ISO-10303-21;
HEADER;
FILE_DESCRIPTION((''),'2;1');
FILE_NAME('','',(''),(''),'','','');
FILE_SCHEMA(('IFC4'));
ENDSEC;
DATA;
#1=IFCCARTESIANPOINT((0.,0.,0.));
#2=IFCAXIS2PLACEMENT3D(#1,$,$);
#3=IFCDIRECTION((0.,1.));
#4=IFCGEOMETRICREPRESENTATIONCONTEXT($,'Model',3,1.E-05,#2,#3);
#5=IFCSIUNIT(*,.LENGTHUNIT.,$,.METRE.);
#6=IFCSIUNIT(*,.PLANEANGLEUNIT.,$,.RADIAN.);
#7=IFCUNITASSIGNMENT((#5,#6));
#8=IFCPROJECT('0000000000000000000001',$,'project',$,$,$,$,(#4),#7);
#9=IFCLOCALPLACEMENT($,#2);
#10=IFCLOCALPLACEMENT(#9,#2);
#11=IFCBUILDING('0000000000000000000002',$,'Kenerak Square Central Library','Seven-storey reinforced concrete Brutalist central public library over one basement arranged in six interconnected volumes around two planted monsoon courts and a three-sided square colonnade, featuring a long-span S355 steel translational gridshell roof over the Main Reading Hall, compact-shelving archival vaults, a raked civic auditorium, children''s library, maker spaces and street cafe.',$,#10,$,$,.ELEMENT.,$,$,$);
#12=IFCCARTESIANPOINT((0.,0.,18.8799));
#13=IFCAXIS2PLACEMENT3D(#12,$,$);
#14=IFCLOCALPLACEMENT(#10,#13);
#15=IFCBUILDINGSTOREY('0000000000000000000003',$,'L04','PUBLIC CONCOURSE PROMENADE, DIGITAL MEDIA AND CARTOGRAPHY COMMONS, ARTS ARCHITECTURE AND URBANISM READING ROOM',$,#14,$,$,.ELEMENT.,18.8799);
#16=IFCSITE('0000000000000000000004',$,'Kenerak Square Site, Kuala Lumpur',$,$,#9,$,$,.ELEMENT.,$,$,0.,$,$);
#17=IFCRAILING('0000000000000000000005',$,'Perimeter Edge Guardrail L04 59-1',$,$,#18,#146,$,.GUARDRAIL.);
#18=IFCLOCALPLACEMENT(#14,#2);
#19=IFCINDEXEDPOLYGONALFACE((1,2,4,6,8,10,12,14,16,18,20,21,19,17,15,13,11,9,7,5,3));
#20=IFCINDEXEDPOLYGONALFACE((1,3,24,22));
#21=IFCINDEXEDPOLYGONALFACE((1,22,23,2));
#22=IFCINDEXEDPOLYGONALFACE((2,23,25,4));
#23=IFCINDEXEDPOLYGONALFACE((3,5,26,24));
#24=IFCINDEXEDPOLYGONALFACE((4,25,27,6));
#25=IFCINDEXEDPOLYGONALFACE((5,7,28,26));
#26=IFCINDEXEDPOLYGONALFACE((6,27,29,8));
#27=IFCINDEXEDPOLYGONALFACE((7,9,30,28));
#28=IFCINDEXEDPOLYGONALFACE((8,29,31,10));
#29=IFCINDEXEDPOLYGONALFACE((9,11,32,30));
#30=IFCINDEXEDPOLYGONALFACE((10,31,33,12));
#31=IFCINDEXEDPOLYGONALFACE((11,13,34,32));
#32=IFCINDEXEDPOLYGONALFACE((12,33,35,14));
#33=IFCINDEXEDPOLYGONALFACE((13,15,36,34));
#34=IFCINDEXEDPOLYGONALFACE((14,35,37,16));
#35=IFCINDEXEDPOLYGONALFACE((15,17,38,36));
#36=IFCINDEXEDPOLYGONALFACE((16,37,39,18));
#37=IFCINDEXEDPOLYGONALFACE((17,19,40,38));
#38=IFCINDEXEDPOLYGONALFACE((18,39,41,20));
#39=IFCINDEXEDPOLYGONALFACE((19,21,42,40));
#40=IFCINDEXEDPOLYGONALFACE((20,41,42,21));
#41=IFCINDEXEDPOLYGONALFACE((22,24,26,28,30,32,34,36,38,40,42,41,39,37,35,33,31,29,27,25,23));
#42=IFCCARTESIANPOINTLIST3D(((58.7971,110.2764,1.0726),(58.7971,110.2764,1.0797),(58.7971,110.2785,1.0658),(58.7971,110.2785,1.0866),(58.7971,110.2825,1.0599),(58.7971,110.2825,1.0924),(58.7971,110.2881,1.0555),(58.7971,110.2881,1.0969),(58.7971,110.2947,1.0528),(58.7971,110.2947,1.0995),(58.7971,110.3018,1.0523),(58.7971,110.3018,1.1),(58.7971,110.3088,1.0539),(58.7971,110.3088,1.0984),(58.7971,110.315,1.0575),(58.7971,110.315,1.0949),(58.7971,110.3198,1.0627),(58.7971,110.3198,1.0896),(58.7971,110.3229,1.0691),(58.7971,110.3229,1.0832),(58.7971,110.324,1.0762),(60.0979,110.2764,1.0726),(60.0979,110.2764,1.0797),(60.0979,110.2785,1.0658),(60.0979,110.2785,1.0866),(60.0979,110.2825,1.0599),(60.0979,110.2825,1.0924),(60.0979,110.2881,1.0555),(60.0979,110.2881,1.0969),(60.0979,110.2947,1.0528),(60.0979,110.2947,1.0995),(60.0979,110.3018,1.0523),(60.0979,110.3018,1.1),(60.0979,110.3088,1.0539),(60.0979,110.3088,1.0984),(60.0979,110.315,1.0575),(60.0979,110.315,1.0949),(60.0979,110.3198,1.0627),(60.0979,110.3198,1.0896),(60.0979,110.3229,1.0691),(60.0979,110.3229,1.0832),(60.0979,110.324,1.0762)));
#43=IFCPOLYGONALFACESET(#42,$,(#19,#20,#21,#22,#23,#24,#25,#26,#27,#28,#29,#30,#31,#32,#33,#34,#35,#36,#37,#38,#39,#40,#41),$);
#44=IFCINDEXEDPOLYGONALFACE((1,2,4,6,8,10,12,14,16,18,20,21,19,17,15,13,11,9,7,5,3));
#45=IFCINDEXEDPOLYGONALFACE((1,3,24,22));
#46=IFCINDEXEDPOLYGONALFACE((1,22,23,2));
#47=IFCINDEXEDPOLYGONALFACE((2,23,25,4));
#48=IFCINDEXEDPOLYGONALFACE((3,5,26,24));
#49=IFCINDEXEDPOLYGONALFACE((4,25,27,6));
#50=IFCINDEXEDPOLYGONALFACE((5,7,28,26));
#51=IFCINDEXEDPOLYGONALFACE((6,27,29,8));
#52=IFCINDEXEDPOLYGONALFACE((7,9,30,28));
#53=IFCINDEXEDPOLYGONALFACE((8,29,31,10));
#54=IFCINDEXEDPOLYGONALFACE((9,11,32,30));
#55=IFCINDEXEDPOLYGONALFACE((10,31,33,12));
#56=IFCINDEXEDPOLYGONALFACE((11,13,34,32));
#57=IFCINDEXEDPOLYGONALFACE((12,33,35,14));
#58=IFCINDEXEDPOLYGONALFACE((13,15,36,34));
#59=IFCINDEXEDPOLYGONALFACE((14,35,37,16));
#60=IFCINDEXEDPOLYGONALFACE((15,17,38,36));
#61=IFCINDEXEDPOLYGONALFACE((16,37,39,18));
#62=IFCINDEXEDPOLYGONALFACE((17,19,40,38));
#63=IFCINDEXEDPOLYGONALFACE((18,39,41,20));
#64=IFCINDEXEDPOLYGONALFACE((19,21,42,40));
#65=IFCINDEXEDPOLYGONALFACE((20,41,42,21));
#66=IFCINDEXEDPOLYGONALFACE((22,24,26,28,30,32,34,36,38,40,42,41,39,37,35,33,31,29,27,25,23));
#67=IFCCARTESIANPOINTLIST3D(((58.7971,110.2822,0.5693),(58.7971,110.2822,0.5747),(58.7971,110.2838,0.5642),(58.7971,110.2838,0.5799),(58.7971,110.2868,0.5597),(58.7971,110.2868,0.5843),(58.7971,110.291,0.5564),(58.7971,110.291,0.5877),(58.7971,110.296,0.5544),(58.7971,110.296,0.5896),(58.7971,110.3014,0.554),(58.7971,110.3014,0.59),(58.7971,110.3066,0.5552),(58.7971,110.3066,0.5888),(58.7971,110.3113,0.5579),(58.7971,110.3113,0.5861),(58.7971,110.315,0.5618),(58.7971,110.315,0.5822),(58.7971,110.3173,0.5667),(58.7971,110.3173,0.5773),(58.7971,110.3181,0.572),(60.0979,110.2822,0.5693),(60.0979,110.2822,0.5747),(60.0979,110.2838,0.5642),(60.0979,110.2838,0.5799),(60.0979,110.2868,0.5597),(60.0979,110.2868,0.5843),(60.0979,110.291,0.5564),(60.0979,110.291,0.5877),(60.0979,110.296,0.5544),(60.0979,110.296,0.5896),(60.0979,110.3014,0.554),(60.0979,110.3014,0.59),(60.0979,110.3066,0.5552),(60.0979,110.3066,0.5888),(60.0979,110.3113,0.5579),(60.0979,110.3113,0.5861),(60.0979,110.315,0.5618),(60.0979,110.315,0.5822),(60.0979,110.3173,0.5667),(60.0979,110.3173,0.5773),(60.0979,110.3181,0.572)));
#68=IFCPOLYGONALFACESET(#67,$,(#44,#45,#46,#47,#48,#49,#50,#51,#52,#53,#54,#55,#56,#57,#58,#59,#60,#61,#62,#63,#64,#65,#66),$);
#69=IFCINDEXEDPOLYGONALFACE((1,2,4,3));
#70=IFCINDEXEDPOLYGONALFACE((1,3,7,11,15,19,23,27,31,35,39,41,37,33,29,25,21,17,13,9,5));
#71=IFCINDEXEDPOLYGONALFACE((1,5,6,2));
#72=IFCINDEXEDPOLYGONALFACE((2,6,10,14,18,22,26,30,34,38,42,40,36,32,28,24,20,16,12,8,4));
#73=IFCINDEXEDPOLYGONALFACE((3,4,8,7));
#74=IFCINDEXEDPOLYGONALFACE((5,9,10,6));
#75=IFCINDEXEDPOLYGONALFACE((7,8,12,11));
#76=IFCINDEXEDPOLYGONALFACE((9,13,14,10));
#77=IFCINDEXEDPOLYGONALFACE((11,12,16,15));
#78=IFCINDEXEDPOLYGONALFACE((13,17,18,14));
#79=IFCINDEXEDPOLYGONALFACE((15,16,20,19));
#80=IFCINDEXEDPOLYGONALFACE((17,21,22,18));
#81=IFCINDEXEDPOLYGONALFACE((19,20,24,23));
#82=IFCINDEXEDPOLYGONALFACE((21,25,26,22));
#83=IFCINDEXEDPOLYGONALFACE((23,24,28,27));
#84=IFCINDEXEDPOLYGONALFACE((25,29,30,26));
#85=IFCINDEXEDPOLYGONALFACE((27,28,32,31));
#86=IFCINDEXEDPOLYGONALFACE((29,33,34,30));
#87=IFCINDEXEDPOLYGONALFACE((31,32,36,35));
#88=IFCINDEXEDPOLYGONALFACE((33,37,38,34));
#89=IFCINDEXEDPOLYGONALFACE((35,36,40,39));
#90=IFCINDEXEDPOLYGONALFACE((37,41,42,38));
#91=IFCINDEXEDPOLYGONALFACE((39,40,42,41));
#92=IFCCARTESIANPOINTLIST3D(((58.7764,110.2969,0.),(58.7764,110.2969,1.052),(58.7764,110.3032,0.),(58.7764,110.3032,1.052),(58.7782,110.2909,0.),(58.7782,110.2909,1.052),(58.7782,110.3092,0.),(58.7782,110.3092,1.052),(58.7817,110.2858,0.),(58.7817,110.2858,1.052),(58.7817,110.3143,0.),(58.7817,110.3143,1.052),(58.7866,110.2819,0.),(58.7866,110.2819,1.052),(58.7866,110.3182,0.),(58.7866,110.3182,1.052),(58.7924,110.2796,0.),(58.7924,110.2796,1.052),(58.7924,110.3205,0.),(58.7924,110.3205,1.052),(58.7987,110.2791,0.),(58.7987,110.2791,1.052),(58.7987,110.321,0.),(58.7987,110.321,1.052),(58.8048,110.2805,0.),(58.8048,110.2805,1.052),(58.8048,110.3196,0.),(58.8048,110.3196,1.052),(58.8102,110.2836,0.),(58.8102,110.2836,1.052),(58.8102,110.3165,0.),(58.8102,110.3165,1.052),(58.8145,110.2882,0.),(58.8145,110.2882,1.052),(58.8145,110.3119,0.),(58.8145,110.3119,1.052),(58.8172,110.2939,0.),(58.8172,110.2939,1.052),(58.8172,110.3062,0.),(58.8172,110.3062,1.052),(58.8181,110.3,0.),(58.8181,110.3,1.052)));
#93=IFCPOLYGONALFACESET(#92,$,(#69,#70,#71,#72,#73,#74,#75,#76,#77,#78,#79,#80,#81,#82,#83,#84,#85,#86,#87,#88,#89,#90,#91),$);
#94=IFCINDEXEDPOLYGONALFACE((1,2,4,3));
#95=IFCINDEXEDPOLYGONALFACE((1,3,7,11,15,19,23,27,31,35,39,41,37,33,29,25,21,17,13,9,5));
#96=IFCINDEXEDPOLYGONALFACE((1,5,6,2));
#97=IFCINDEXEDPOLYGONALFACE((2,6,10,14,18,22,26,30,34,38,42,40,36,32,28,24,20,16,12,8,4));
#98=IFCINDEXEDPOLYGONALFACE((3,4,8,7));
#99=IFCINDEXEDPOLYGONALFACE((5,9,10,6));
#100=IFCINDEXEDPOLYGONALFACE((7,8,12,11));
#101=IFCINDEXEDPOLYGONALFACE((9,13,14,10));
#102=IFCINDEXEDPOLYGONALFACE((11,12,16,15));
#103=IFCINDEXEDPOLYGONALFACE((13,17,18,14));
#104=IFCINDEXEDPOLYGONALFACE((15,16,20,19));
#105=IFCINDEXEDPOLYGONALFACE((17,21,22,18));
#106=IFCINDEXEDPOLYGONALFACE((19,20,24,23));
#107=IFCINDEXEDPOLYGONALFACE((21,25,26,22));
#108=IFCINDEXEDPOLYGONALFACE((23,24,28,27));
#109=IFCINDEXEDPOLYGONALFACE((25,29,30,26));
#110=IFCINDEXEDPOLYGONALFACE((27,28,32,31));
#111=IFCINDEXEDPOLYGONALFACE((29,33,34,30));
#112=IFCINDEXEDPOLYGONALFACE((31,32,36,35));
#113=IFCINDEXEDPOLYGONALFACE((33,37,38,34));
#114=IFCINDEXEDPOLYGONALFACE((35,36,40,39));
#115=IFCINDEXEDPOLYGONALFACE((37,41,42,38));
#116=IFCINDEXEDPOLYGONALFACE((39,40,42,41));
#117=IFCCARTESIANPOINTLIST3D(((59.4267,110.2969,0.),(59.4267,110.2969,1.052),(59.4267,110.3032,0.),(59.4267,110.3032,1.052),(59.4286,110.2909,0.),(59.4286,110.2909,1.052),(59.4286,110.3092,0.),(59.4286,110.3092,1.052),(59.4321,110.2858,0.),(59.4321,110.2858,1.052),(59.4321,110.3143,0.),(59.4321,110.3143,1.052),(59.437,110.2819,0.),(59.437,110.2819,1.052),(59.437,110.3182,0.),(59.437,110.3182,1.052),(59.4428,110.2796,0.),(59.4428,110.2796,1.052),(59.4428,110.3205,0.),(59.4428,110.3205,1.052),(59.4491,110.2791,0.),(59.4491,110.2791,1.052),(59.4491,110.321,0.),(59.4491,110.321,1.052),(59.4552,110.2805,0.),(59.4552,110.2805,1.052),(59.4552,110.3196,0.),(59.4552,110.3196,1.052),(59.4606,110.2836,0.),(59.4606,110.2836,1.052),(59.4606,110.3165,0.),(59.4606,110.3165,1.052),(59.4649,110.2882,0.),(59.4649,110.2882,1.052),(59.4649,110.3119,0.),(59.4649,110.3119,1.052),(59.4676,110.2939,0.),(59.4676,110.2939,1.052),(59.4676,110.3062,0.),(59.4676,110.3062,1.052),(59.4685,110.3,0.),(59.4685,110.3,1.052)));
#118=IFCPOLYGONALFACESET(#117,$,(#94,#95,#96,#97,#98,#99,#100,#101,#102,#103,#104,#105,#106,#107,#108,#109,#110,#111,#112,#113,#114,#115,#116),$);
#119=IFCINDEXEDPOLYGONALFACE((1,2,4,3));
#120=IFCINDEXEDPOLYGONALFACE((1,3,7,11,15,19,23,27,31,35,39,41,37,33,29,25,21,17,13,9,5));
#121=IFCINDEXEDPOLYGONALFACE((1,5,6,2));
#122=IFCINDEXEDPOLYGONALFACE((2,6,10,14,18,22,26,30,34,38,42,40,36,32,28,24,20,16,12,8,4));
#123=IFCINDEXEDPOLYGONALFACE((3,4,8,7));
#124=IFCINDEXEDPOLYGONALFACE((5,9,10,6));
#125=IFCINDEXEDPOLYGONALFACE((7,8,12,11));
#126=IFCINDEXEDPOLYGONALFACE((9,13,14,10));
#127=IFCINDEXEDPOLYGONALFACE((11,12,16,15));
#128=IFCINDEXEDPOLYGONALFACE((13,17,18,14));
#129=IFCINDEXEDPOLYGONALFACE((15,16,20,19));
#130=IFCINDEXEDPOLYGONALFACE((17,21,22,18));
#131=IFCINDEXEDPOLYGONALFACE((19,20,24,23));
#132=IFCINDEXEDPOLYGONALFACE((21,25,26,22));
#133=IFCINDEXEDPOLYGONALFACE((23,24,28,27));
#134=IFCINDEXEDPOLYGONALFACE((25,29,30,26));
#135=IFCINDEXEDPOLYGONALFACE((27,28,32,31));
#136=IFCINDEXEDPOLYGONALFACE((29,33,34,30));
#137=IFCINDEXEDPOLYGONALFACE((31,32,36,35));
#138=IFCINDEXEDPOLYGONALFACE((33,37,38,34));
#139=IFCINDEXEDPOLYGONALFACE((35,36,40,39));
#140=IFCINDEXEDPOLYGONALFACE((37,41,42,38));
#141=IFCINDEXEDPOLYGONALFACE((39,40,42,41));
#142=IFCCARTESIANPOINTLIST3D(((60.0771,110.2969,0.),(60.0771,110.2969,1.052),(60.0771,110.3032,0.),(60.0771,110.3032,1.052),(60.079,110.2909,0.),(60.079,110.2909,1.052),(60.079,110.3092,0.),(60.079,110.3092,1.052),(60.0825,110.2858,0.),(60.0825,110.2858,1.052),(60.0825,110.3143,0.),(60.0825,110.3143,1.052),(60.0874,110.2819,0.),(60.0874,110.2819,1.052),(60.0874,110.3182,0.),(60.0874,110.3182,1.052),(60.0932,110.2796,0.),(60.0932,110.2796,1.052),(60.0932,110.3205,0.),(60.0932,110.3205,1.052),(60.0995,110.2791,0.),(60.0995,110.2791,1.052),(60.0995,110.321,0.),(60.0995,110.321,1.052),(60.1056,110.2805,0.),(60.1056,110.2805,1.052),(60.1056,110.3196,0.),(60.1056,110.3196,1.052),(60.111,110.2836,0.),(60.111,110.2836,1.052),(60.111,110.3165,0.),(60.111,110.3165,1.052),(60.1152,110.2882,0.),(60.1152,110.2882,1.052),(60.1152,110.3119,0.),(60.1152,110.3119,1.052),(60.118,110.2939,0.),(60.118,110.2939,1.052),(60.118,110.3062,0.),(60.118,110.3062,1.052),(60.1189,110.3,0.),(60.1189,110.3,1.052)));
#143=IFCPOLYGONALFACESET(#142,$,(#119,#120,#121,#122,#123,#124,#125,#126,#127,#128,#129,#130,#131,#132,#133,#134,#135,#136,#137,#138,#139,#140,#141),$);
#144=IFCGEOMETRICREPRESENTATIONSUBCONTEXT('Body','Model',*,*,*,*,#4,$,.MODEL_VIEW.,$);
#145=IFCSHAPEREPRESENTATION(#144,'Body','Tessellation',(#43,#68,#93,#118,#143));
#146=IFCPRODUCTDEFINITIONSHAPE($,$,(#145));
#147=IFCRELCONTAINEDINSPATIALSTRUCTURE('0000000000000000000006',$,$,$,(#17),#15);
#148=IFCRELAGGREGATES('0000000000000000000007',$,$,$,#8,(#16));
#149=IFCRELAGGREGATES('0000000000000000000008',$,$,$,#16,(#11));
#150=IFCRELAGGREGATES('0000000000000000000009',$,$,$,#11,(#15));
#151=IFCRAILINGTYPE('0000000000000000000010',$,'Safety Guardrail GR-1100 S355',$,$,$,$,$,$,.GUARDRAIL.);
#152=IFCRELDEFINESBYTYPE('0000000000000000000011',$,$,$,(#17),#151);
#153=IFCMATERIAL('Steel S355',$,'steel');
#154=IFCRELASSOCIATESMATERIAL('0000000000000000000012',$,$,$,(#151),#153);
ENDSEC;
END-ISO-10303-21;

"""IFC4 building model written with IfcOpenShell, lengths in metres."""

from ifc_helpers import new_model, si_unit, direction, frame, origin, origin_2d, place, context, subcontext, project, spatial, circle, extrude, material, type_object, element, save


model = new_model("IFC4")

# Units and contexts
model_context = context("Model", 3, precision=1e-05, world=origin(), true_north=direction((0.0, 1.0)))
body_context = subcontext(model_context, "Body", "Model", "MODEL_VIEW")
ifc_project = project(units=[si_unit("LENGTHUNIT", "METRE"), si_unit("PLANEANGLEUNIT", "RADIAN")], contexts=[model_context])

# Site, building, storey
site_placement = place(None, origin())
site = spatial("IfcSite", under=ifc_project, at=site_placement, Name="Kenerak Square Site, Kuala Lumpur", CompositionType="ELEMENT", RefElevation=0.0)
building_placement = place(site_placement, origin())
building = spatial("IfcBuilding", under=site, at=building_placement, Name="Kenerak Square Central Library", Description="Seven-storey reinforced concrete Brutalist central public library over one basement arranged in six interconnected volumes around two planted monsoon courts and a three-sided square colonnade, featuring a long-span S355 steel translational gridshell roof over the Main Reading Hall, compact-shelving archival vaults, a raked civic auditorium, children's library, maker spaces and street cafe.", CompositionType="ELEMENT")
storey_placement = place(building_placement, frame((0.0, 0.0, 18.8799)))
storey = spatial("IfcBuildingStorey", under=building, at=storey_placement, Name="L04", Description="PUBLIC CONCOURSE PROMENADE, DIGITAL MEDIA AND CARTOGRAPHY COMMONS, ARTS ARCHITECTURE AND URBANISM READING ROOM", CompositionType="ELEMENT", Elevation=18.8799)

# Railing
ifc_material_1 = material(Name="Steel S355", Category="steel")
railing_type_1 = type_object("IfcRailingType", Name="Safety Guardrail GR-1100 S355", PredefinedType="GUARDRAIL", material=ifc_material_1)
railing_1_placement = place(storey_placement, frame((58.7971, 110.3, 0.0)))
element("IfcRailing", 1, at=railing_1_placement, inside=storey, type_object=railing_type_1, Name="Perimeter Edge Guardrail L04 59-1", PredefinedType="GUARDRAIL", context=body_context, shape_type="SweptSolid", body=[
    extrude(circle(Radius=0.0239, at=origin_2d()), frame((0.0, 0.0, 1.0762), z_axis=(1.0, 0.0, 0.0), x_axis=(0.0, 1.0, 0.0)), (0.0, 0.0, 1.0), 1.3008),
    extrude(circle(Radius=0.0181, at=origin_2d()), frame((0.0, 0.0, 0.572), z_axis=(1.0, 0.0, 0.0), x_axis=(0.0, 1.0, 0.0)), (0.0, 0.0, 1.0), 1.3008),
    extrude(circle(Radius=0.021, at=origin_2d()), origin(), (0.0, 0.0, 1.0), 1.052),
    extrude(circle(Radius=0.021, at=origin_2d()), frame((0.6504, 0.0, 0.0)), (0.0, 0.0, 1.0), 1.052),
    extrude(circle(Radius=0.021, at=origin_2d()), frame((1.3008, 0.0, 0.0)), (0.0, 0.0, 1.0), 1.052),
])

save(model, "model.ifc")
